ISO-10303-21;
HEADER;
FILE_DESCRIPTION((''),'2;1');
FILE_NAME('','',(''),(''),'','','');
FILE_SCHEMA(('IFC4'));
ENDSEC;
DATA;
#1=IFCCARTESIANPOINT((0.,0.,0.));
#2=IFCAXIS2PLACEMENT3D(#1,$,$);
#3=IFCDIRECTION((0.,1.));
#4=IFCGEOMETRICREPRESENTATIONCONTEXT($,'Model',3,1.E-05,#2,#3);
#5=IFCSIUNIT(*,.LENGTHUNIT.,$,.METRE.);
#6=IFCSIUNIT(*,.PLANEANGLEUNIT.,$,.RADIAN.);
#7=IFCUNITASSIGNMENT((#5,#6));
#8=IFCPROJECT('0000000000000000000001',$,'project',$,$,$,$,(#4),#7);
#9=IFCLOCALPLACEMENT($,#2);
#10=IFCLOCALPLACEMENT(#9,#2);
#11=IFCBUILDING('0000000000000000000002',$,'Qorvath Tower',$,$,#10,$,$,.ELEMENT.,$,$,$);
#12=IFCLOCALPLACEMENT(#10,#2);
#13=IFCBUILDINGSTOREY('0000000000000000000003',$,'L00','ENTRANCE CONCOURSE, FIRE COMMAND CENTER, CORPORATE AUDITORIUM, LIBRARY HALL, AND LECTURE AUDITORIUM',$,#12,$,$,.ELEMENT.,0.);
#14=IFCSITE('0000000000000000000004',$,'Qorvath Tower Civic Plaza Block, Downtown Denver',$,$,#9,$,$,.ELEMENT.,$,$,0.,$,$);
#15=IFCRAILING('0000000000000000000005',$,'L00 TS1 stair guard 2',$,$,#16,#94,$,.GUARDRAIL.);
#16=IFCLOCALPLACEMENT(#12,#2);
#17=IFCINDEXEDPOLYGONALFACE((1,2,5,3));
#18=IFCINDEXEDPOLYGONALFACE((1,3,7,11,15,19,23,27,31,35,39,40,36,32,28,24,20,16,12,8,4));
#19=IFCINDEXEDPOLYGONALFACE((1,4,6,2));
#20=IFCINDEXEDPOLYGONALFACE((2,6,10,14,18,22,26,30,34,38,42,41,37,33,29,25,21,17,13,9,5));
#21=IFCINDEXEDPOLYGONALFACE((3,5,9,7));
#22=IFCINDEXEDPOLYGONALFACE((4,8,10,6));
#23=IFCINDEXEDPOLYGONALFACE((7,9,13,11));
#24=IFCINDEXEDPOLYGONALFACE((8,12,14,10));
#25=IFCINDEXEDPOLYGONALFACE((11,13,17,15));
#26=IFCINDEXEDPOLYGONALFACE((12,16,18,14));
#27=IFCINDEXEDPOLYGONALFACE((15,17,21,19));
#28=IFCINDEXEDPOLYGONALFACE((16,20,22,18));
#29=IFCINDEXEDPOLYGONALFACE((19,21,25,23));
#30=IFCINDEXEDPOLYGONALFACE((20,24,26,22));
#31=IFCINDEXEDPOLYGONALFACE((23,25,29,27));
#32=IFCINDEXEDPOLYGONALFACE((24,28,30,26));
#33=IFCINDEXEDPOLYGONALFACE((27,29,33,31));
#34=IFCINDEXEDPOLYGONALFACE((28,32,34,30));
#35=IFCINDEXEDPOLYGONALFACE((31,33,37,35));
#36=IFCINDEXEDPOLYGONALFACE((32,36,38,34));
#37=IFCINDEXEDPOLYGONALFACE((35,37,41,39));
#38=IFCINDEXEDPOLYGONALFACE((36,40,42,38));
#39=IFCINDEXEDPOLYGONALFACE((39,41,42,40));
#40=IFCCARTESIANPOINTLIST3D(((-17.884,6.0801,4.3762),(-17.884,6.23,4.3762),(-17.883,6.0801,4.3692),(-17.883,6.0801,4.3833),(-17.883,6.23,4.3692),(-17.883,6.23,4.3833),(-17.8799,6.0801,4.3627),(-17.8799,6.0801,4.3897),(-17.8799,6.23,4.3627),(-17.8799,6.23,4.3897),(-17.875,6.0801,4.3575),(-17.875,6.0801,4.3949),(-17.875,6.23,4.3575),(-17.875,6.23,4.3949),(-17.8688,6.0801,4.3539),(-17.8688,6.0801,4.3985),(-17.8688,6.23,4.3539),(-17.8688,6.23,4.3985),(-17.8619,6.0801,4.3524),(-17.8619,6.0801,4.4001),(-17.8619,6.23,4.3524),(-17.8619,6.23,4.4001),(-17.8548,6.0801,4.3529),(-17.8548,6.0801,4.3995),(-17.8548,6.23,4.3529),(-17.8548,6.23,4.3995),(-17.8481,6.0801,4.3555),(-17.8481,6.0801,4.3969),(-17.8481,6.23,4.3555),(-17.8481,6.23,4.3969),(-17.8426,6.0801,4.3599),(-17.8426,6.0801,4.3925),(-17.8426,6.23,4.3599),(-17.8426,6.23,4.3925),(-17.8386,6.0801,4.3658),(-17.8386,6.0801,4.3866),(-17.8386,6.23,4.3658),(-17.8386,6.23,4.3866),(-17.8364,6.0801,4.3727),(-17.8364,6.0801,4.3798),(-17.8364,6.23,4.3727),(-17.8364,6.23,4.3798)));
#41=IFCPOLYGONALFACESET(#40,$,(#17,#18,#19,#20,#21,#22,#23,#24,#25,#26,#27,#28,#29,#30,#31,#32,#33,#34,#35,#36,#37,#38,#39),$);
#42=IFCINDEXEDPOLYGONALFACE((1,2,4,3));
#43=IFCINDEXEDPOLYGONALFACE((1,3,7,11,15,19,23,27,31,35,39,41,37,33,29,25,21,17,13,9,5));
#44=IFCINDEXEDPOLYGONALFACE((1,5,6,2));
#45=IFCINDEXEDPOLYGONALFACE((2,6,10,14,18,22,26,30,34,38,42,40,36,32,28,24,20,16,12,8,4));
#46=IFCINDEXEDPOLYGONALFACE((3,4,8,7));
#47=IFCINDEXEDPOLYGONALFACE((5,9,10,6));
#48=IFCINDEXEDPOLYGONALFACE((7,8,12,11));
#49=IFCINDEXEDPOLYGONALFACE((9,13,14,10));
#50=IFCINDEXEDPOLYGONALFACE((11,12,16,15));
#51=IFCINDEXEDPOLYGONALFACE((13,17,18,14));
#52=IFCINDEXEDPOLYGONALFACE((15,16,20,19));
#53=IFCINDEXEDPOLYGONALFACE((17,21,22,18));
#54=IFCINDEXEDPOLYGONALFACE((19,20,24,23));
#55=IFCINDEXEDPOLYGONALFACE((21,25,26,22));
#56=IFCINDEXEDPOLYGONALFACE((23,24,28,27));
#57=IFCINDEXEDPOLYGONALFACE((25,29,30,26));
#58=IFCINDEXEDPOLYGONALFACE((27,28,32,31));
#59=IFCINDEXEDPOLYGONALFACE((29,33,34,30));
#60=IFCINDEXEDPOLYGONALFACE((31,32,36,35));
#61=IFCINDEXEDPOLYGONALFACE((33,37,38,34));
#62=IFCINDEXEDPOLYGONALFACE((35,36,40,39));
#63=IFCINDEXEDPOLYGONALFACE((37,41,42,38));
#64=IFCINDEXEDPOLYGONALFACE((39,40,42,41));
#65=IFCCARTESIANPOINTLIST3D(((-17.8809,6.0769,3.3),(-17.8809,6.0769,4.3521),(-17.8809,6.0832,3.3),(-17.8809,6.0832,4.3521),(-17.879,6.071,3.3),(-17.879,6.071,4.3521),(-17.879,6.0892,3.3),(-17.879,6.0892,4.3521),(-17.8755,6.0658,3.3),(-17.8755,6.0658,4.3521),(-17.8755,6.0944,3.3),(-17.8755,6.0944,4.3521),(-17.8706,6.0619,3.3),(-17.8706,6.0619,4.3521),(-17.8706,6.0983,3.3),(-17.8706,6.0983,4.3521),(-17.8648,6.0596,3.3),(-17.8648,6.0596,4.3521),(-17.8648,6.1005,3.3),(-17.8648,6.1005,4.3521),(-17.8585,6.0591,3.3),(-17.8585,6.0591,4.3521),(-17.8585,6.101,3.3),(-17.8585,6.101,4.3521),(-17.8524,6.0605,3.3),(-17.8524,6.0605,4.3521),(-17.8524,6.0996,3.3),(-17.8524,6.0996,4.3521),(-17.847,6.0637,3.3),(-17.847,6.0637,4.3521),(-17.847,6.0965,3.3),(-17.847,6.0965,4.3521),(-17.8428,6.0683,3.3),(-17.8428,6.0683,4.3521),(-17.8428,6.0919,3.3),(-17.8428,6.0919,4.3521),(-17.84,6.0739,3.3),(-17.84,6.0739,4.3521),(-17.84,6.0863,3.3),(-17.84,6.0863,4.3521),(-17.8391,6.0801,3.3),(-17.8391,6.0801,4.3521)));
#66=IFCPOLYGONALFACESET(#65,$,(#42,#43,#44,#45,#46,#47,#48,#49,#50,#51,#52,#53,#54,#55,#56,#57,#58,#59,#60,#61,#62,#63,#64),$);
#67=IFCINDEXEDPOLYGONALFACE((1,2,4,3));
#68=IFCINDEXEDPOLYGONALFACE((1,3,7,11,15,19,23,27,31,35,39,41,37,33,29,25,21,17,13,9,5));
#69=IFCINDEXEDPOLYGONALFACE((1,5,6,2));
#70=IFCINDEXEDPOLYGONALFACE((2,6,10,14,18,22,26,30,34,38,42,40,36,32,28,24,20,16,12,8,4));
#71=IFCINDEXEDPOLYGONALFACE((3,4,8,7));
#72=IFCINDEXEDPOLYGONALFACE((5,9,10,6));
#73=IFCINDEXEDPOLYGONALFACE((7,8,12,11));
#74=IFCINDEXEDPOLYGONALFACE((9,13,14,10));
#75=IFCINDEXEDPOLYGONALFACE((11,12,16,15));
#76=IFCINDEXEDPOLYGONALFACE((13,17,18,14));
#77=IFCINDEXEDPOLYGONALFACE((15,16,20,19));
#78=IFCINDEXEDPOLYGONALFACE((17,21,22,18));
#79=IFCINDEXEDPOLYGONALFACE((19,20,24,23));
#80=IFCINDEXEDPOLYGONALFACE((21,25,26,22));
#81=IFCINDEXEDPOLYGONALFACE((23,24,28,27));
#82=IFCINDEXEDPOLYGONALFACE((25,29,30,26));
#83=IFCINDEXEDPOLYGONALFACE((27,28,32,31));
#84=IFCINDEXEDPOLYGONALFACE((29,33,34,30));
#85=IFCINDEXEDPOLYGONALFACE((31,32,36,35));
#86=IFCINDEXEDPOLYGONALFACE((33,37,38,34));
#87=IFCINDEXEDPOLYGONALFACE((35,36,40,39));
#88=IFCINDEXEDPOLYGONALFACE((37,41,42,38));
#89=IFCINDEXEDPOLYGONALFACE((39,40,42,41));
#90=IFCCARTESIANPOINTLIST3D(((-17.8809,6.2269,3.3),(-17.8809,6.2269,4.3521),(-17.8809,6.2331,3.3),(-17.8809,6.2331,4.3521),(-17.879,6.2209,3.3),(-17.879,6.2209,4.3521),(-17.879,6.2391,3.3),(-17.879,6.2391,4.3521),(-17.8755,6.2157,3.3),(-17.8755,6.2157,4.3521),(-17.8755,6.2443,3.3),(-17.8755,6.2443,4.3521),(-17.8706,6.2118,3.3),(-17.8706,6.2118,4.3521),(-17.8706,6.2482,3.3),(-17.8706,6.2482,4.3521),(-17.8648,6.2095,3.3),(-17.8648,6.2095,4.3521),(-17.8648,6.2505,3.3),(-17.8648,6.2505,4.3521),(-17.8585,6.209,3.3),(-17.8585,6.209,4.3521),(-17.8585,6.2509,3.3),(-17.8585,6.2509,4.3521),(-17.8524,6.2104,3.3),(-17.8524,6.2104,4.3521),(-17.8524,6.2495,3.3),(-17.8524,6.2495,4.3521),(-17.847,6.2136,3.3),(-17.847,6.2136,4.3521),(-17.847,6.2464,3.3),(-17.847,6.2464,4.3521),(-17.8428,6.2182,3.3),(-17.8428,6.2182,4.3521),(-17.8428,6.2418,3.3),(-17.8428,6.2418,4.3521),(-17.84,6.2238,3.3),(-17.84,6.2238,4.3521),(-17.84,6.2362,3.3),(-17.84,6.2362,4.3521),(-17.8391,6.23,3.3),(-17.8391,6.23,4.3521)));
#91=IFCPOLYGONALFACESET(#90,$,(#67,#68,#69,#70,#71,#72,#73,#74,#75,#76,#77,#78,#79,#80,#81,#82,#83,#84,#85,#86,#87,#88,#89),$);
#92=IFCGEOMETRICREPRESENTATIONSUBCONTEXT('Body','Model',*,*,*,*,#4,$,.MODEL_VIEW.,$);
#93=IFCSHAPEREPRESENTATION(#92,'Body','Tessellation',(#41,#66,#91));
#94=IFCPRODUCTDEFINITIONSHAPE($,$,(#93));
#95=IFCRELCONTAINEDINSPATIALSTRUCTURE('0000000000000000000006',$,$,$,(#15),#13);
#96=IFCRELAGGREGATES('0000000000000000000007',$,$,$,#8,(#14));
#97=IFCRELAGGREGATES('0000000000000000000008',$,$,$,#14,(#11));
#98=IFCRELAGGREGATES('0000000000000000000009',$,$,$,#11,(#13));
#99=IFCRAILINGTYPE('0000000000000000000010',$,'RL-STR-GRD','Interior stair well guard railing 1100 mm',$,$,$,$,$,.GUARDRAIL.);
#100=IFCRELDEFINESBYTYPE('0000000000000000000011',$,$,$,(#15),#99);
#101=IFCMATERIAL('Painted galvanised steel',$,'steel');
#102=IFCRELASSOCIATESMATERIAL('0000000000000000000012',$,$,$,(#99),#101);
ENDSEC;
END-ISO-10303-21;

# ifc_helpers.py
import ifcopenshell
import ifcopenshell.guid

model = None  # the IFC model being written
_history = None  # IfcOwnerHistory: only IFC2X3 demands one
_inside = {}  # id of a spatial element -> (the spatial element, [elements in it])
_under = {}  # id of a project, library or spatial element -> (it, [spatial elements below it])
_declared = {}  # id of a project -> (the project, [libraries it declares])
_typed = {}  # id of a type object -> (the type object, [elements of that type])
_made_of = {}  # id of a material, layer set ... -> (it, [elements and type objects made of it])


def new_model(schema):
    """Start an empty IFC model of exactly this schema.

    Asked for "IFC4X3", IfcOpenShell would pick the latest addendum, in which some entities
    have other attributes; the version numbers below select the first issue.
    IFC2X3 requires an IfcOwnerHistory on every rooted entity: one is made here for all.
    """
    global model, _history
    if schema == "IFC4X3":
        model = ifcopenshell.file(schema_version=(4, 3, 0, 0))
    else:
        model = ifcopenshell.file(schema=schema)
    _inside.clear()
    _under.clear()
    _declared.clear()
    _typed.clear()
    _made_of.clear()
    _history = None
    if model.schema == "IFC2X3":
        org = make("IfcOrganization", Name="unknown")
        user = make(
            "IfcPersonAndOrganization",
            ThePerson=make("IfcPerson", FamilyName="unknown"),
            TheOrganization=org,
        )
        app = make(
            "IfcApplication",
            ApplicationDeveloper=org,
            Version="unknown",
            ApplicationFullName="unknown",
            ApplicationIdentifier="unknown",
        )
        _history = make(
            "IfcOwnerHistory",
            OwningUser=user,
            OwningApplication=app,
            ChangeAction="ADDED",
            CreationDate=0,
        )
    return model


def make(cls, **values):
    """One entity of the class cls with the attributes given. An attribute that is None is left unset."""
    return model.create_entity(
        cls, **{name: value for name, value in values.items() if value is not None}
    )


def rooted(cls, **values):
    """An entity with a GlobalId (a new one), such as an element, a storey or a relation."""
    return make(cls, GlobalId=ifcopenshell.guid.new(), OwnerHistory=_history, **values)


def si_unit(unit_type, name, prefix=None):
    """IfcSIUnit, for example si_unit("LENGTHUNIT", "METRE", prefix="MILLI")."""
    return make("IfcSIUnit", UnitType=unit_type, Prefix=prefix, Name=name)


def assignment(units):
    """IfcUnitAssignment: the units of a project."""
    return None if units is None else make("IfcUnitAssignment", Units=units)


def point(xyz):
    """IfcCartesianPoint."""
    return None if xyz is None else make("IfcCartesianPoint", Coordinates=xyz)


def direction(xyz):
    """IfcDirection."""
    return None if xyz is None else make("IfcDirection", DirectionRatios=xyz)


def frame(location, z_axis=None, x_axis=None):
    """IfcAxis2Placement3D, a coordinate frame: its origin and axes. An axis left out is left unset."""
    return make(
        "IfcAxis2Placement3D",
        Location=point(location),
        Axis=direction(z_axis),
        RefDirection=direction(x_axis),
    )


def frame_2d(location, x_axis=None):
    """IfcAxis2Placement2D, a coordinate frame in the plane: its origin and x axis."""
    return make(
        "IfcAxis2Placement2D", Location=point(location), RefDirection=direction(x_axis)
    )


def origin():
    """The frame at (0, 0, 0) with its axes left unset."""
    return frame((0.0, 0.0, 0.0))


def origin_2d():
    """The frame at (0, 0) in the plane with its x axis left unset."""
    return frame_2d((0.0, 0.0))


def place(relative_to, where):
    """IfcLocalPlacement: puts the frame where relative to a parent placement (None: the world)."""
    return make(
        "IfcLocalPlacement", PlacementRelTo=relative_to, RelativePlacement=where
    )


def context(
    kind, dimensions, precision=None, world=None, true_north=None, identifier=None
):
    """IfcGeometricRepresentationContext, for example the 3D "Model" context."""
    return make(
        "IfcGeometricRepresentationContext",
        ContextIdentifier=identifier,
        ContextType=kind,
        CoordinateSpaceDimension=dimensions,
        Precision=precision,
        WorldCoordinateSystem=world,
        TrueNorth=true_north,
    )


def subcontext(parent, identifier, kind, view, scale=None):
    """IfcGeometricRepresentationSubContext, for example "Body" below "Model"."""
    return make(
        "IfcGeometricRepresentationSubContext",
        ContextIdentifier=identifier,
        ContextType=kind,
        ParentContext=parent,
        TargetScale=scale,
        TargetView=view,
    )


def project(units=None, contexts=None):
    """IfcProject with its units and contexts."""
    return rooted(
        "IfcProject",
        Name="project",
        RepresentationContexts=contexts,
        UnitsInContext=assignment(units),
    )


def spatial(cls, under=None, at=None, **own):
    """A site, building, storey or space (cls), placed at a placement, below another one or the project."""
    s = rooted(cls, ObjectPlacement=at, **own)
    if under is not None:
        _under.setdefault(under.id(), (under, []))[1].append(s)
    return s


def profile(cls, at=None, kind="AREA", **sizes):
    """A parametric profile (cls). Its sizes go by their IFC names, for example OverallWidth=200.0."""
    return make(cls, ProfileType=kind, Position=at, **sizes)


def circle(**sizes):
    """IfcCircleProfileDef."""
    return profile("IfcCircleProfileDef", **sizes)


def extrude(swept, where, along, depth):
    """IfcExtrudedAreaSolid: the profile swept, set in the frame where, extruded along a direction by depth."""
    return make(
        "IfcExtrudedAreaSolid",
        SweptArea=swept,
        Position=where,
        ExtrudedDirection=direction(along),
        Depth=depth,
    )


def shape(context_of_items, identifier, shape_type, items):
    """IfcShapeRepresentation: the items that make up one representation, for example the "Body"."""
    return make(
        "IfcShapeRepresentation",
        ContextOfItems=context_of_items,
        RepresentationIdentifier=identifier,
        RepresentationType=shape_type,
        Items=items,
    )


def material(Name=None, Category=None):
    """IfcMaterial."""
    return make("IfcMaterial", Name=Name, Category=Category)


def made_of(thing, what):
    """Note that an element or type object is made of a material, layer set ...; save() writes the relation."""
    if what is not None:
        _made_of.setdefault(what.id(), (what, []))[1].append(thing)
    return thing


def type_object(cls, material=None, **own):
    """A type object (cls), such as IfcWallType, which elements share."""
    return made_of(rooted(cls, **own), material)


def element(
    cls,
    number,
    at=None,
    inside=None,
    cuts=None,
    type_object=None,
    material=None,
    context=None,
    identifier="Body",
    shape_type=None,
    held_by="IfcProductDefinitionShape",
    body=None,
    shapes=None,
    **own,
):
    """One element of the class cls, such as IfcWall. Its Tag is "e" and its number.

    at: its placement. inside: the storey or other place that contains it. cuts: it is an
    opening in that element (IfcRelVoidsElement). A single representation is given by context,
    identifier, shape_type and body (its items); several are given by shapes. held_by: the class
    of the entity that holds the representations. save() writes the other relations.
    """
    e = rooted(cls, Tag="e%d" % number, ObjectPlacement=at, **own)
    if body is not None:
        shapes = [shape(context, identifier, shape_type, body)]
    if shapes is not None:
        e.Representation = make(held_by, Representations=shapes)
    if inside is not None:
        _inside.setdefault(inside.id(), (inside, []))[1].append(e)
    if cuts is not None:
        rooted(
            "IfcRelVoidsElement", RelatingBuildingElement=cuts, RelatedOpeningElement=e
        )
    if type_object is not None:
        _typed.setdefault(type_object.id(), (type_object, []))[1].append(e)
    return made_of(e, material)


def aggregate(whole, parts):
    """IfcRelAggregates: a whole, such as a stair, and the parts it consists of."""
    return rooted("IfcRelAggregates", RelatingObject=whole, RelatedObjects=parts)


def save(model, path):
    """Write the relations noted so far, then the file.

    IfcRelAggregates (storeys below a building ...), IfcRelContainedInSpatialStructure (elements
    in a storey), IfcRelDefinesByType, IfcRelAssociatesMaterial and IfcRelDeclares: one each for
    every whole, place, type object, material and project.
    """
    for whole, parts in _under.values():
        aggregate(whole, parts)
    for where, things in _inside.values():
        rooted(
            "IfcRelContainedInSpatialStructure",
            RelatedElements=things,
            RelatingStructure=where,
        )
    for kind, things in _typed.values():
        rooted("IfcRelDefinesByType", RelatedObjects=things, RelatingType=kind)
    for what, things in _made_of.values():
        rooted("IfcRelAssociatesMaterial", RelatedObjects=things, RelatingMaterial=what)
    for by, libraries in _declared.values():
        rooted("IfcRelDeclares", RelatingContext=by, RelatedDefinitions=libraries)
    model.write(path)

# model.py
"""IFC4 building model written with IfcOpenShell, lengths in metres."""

from ifc_helpers import new_model, si_unit, direction, frame, origin, origin_2d, place, context, subcontext, project, spatial, circle, extrude, material, type_object, element, save


model = new_model("IFC4")

# Units and contexts
model_context = context("Model", 3, precision=1e-05, world=origin(), true_north=direction((0.0, 1.0)))
body_context = subcontext(model_context, "Body", "Model", "MODEL_VIEW")
ifc_project = project(units=[si_unit("LENGTHUNIT", "METRE"), si_unit("PLANEANGLEUNIT", "RADIAN")], contexts=[model_context])

# Site, building, storey
site_placement = place(None, origin())
site = spatial("IfcSite", under=ifc_project, at=site_placement, Name="Qorvath Tower Civic Plaza Block, Downtown Denver", CompositionType="ELEMENT", RefElevation=0.0)
building_placement = place(site_placement, origin())
building = spatial("IfcBuilding", under=site, at=building_placement, Name="Qorvath Tower", CompositionType="ELEMENT")
storey_placement = place(building_placement, origin())
storey = spatial("IfcBuildingStorey", under=building, at=storey_placement, Name="L00", Description="ENTRANCE CONCOURSE, FIRE COMMAND CENTER, CORPORATE AUDITORIUM, LIBRARY HALL, AND LECTURE AUDITORIUM", CompositionType="ELEMENT", Elevation=0.0)

# Railing
ifc_material_1 = material(Name="Painted galvanised steel", Category="steel")
railing_type_1 = type_object("IfcRailingType", Name="RL-STR-GRD", Description="Interior stair well guard railing 1100 mm", PredefinedType="GUARDRAIL", material=ifc_material_1)
railing_1_placement = place(storey_placement, frame((-17.8601, 6.0801, 3.3)))
element("IfcRailing", 1, at=railing_1_placement, inside=storey, type_object=railing_type_1, Name="L00 TS1 stair guard 2", PredefinedType="GUARDRAIL", context=body_context, shape_type="SweptSolid", body=[
    extrude(circle(Radius=0.0239, at=origin_2d()), frame((0.0, 0.0, 1.0762), z_axis=(0.0, 1.0, 0.0), x_axis=(-1.0, 0.0, 0.0)), (0.0, 0.0, 1.0), 0.1499),
    extrude(circle(Radius=0.021, at=origin_2d()), origin(), (0.0, 0.0, 1.0), 1.052),
    extrude(circle(Radius=0.021, at=origin_2d()), frame((0.0, 0.1499, 0.0)), (0.0, 0.0, 1.0), 1.052),
])

save(model, "model.ifc")
